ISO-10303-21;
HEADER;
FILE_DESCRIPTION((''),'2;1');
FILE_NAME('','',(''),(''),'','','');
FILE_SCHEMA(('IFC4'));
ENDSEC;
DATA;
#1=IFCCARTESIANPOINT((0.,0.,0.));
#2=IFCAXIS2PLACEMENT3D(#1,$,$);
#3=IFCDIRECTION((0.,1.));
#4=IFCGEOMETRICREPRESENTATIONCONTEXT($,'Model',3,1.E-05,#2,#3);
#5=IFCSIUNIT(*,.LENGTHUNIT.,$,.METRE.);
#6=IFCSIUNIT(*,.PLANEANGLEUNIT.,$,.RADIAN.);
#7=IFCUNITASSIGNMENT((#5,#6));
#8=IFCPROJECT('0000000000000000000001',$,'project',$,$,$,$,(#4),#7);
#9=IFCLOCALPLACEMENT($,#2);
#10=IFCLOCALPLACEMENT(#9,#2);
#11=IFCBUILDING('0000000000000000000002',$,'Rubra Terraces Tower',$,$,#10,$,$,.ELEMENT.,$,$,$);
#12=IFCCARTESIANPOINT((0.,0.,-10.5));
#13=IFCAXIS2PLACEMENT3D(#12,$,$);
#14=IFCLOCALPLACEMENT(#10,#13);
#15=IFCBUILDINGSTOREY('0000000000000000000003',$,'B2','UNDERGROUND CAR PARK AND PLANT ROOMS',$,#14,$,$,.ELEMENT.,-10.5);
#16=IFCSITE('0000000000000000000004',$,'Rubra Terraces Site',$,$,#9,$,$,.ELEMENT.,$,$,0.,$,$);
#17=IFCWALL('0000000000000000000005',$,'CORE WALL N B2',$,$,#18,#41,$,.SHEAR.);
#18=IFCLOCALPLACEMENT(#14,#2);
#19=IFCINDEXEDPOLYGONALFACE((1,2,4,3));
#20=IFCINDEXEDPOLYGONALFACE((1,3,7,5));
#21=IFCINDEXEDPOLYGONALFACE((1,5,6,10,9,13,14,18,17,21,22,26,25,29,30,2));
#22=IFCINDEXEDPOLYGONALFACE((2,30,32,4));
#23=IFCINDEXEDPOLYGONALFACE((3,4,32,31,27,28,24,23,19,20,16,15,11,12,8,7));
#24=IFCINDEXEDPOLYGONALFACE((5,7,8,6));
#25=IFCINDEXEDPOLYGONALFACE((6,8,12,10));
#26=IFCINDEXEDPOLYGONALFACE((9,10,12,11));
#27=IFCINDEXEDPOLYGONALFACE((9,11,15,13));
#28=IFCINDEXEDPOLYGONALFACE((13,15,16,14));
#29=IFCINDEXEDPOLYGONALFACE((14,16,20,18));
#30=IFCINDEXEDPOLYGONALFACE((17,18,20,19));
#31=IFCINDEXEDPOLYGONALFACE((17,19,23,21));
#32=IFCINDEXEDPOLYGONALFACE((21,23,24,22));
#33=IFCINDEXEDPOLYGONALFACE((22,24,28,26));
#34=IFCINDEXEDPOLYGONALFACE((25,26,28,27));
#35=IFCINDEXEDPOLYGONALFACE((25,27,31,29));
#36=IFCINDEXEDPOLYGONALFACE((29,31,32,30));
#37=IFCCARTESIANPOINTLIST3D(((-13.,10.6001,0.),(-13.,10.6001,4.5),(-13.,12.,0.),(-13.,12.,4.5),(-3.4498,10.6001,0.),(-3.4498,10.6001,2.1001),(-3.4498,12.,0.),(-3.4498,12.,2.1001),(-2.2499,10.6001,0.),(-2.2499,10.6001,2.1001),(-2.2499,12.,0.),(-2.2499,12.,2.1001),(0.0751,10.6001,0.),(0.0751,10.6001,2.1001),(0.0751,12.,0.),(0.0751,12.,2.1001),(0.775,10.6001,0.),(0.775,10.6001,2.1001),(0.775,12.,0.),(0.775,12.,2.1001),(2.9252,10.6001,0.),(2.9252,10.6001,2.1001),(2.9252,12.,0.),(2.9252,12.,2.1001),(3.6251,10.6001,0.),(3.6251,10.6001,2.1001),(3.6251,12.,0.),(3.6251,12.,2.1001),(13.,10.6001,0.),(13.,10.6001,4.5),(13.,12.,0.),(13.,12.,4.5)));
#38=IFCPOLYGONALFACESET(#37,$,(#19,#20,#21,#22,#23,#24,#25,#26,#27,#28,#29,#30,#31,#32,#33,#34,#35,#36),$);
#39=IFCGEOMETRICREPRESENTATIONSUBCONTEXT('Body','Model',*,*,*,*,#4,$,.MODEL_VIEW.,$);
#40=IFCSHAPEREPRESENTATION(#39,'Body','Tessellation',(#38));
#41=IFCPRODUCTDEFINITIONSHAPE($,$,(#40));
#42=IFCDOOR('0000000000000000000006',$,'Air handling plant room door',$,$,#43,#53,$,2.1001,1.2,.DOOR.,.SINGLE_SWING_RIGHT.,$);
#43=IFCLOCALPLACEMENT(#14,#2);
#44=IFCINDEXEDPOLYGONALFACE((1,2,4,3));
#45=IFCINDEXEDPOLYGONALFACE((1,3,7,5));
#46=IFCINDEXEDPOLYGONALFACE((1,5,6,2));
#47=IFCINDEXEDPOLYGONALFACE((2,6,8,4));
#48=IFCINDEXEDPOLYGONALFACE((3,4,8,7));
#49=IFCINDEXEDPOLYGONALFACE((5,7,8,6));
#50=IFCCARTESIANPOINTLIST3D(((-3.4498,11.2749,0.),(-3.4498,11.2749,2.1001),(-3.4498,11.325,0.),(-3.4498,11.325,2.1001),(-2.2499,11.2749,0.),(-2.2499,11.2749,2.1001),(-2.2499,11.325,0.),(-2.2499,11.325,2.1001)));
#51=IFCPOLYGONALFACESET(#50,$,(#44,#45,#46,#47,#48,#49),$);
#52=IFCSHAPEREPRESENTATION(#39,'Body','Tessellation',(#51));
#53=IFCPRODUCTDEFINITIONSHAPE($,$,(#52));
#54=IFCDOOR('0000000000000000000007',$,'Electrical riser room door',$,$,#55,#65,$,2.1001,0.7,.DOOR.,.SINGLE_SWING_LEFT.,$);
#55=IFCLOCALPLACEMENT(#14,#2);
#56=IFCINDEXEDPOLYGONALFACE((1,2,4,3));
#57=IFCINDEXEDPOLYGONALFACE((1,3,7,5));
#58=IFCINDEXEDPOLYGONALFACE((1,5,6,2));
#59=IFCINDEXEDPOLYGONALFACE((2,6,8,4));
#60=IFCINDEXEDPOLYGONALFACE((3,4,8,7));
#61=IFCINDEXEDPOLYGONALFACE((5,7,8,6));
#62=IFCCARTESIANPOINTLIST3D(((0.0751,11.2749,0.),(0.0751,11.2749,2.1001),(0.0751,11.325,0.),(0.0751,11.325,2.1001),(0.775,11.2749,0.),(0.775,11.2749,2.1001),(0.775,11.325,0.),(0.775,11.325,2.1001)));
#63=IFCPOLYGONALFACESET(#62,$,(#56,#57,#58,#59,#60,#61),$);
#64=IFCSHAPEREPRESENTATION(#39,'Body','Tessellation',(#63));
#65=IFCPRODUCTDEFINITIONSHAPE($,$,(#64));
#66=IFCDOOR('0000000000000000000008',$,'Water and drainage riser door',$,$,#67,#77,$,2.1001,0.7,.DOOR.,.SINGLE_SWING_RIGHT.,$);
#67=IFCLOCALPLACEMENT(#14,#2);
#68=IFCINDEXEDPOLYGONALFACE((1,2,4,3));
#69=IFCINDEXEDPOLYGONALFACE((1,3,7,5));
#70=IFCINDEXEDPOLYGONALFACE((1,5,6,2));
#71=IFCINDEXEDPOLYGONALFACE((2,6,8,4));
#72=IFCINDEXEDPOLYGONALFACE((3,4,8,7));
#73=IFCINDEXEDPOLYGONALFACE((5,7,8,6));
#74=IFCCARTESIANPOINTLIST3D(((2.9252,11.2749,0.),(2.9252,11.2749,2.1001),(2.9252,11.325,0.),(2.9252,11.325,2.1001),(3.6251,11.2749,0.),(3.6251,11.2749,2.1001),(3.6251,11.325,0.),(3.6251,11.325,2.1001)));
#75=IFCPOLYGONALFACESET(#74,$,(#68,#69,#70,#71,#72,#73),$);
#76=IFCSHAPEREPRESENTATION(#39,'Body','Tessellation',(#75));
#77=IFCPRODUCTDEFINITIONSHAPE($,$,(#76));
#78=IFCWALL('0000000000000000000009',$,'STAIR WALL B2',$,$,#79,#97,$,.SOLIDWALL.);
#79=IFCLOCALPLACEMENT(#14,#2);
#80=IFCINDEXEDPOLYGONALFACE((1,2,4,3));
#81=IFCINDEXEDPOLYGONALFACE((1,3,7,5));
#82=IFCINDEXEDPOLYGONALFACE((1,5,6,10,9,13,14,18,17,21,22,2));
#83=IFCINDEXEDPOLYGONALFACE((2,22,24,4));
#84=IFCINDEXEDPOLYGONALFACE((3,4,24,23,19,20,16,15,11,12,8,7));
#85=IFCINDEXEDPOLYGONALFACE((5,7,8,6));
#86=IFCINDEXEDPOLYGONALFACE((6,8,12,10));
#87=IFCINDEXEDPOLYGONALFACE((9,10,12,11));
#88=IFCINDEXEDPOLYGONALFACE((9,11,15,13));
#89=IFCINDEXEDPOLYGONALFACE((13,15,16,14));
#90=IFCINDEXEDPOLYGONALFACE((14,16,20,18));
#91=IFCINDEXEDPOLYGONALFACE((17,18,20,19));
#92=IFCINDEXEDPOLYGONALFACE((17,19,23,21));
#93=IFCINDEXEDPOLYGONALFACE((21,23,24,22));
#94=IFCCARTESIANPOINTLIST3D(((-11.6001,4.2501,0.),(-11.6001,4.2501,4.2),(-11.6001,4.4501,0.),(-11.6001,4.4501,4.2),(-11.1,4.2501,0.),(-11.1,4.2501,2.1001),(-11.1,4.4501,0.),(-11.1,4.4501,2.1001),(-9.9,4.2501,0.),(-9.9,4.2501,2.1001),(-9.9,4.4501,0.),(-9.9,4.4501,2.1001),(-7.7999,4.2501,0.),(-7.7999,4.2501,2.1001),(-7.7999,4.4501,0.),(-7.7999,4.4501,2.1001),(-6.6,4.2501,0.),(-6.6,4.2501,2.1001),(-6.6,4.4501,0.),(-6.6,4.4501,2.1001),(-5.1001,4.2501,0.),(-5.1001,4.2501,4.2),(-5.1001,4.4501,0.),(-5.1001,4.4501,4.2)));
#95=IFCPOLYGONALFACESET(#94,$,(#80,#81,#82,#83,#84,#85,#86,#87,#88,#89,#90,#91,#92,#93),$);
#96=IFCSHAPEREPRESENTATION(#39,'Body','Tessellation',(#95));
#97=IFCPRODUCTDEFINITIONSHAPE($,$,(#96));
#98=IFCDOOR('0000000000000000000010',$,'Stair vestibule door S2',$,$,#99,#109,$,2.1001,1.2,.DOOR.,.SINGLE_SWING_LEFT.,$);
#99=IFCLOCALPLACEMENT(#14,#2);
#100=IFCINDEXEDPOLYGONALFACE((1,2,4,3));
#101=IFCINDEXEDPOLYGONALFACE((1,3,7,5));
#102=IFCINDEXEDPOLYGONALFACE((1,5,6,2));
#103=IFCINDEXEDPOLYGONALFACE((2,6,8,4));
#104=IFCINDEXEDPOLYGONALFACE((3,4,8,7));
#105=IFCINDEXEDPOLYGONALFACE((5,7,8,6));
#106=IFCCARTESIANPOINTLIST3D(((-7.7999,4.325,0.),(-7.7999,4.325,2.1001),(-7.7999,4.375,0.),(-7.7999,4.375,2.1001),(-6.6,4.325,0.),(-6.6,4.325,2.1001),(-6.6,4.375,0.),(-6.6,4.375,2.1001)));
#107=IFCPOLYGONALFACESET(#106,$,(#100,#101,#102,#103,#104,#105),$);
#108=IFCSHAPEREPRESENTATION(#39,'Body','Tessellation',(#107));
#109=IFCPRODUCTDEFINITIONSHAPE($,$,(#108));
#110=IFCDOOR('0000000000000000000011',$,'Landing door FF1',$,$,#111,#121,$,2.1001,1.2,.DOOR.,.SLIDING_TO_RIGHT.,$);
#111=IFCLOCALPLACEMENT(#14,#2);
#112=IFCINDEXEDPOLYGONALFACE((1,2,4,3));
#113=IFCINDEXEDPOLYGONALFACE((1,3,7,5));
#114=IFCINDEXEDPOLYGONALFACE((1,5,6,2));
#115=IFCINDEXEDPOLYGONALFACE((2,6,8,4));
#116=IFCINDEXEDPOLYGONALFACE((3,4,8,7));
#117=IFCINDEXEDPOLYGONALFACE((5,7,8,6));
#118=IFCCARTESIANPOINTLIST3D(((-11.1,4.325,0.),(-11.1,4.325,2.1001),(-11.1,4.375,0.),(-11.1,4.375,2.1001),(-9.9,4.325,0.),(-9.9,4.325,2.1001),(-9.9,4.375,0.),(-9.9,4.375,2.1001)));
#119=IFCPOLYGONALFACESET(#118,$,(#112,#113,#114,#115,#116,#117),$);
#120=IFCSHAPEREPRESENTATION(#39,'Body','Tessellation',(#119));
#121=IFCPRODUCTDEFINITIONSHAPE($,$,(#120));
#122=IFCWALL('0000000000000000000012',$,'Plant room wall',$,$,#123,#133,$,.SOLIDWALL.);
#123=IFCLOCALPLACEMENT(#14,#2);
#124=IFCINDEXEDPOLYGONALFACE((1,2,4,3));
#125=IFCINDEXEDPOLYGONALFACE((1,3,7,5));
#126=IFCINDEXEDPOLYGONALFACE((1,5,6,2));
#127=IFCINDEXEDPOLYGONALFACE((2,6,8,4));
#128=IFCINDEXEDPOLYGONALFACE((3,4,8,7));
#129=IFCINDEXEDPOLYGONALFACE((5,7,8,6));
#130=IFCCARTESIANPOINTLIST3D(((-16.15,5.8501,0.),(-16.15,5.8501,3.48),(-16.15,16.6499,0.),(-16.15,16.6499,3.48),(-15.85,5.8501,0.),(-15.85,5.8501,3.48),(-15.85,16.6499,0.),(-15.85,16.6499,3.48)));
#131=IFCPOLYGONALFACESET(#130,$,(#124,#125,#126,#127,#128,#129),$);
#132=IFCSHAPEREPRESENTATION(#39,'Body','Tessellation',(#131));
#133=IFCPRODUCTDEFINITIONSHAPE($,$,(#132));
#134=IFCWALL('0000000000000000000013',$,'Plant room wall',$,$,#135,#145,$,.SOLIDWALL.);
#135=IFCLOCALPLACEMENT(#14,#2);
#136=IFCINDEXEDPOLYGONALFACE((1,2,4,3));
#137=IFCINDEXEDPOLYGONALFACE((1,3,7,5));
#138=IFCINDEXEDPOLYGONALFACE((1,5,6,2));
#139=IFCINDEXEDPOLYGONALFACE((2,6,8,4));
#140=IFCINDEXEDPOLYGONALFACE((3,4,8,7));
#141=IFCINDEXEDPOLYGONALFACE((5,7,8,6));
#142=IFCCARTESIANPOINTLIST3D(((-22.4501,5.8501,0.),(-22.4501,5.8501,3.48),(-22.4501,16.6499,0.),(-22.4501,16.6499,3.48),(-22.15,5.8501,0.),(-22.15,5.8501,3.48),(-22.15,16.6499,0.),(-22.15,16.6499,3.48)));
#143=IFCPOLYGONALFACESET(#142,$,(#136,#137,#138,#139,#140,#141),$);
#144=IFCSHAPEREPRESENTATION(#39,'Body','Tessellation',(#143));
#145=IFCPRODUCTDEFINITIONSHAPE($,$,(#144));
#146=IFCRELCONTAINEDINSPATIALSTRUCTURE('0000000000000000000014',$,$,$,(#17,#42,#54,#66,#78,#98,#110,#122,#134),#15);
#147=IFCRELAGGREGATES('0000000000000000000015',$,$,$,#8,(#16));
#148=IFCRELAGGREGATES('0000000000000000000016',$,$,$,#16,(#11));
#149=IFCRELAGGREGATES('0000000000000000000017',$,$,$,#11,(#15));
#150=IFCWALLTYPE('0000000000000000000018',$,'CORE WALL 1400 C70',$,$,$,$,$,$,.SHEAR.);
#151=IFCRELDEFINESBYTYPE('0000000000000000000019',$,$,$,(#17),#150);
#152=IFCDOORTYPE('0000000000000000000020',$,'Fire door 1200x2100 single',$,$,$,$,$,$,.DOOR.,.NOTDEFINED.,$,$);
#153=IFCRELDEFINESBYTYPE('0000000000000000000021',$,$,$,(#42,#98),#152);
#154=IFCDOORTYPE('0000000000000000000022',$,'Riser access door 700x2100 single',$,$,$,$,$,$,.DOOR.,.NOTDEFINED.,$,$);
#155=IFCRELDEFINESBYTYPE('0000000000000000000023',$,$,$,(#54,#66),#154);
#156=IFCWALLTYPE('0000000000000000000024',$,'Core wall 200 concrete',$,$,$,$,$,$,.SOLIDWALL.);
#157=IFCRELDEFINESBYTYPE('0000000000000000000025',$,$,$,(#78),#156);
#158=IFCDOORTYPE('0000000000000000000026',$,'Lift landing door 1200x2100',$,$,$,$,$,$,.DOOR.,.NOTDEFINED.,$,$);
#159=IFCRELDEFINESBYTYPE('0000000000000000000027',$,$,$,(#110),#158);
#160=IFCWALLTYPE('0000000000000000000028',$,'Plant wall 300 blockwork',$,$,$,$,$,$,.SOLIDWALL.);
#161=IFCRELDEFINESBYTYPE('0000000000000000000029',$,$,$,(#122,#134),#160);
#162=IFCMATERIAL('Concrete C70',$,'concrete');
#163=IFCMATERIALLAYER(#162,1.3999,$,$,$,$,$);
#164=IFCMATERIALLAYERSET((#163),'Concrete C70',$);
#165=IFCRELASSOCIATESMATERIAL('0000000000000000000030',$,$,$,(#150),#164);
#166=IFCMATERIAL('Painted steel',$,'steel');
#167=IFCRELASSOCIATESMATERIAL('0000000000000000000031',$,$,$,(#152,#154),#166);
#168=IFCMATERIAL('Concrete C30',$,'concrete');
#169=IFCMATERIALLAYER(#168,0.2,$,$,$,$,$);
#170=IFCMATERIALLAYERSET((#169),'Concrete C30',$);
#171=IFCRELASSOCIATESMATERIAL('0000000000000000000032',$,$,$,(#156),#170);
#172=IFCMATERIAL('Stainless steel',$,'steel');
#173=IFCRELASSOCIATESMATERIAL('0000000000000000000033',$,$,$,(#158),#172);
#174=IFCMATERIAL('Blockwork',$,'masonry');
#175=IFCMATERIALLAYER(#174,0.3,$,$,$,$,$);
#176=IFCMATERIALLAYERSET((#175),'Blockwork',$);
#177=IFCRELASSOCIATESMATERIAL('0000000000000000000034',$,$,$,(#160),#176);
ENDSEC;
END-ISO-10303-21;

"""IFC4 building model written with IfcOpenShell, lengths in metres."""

from ifc_helpers import new_model, si_unit, direction, frame, frame_2d, origin, place, context, subcontext, project, spatial, rectangle, extrude, material, layer, layer_set, type_object, element, fill, save


model = new_model("IFC4")

# Units and contexts
model_context = context("Model", 3, precision=1e-05, world=origin(), true_north=direction((0.0, 1.0)))
body_context = subcontext(model_context, "Body", "Model", "MODEL_VIEW")
ifc_project = project(units=[si_unit("LENGTHUNIT", "METRE"), si_unit("PLANEANGLEUNIT", "RADIAN")], contexts=[model_context])

# Site, building, storey
site_placement = place(None, origin())
site = spatial("IfcSite", under=ifc_project, at=site_placement, Name="Rubra Terraces Site", CompositionType="ELEMENT", RefElevation=0.0)
building_placement = place(site_placement, origin())
building = spatial("IfcBuilding", under=site, at=building_placement, Name="Rubra Terraces Tower", CompositionType="ELEMENT")
storey_placement = place(building_placement, frame((0.0, 0.0, -10.5)))
storey = spatial("IfcBuildingStorey", under=building, at=storey_placement, Name="B2", Description="UNDERGROUND CAR PARK AND PLANT ROOMS", CompositionType="ELEMENT", Elevation=-10.5)

# Walls, openings, doors
ifc_material_1 = material(Name="Concrete C70", Category="concrete")
ifc_layer_1 = layer(ifc_material_1, 1.3999)
ifc_layer_set_1 = layer_set([ifc_layer_1], Name="Concrete C70")
wall_type_1 = type_object("IfcWallType", Name="CORE WALL 1400 C70", PredefinedType="SHEAR", material=ifc_layer_set_1)
wall_1_placement = place(storey_placement, frame((-13.0, 11.3, 0.0), z_axis=(0.0, 0.0, 1.0), x_axis=(1.0, 0.0, 0.0)))
wall_1 = element("IfcWall", 1, at=wall_1_placement, inside=storey, type_object=wall_type_1, Name="CORE WALL N B2", PredefinedType="SHEAR", context=body_context, shape_type="SweptSolid", body=[
    extrude(rectangle(XDim=26.0, YDim=1.3999, at=frame_2d((13.0, 0.0))), origin(), (0.0, 0.0, 1.0), 4.5),
])
opening_1_placement = place(wall_1_placement, frame((9.55, 0.0, 0.0)))
opening_1 = element("IfcOpeningElement", 2, at=opening_1_placement, cuts=wall_1, PredefinedType="OPENING", context=body_context, shape_type="SweptSolid", body=[
    extrude(rectangle(XDim=1.2, YDim=2.1001, at=frame_2d((0.6001, 1.05))), frame((0.0, 0.71, 0.0), z_axis=(0.0, -1.0, 0.0), x_axis=(1.0, 0.0, 0.0)), (0.0, 0.0, 1.0), 1.4199),
])
opening_2_placement = place(wall_1_placement, frame((13.075, 0.0, 0.0)))
opening_2 = element("IfcOpeningElement", 3, at=opening_2_placement, cuts=wall_1, PredefinedType="OPENING", context=body_context, shape_type="SweptSolid", body=[
    extrude(rectangle(XDim=0.7, YDim=2.1001, at=frame_2d((0.3501, 1.05))), frame((0.0, 0.71, 0.0), z_axis=(0.0, -1.0, 0.0), x_axis=(1.0, 0.0, 0.0)), (0.0, 0.0, 1.0), 1.4199),
])
opening_3_placement = place(wall_1_placement, frame((15.925, 0.0, 0.0)))
opening_3 = element("IfcOpeningElement", 4, at=opening_3_placement, cuts=wall_1, PredefinedType="OPENING", context=body_context, shape_type="SweptSolid", body=[
    extrude(rectangle(XDim=0.7, YDim=2.1001, at=frame_2d((0.3501, 1.05))), frame((0.0, 0.71, 0.0), z_axis=(0.0, -1.0, 0.0), x_axis=(1.0, 0.0, 0.0)), (0.0, 0.0, 1.0), 1.4199),
])
ifc_material_2 = material(Name="Painted steel", Category="steel")
door_type_1 = type_object("IfcDoorType", Name="Fire door 1200x2100 single", OperationType="NOTDEFINED", PredefinedType="DOOR", material=ifc_material_2)
door_1_placement = place(opening_1_placement, origin())
door_1 = element("IfcDoor", 5, at=door_1_placement, inside=storey, type_object=door_type_1, Name="Air handling plant room door", OperationType="SINGLE_SWING_RIGHT", OverallHeight=2.1001, OverallWidth=1.2, PredefinedType="DOOR", context=body_context, shape_type="SweptSolid", body=[
    extrude(rectangle(XDim=1.2, YDim=2.1001, at=frame_2d((0.6001, 1.05))), frame((0.0, 0.0249, 0.0), z_axis=(0.0, -1.0, 0.0), x_axis=(1.0, 0.0, 0.0)), (0.0, 0.0, 1.0), 0.05),
])
fill(opening_1, door_1)
door_type_2 = type_object("IfcDoorType", Name="Riser access door 700x2100 single", OperationType="NOTDEFINED", PredefinedType="DOOR", material=ifc_material_2)
door_2_placement = place(opening_2_placement, origin())
door_2 = element("IfcDoor", 6, at=door_2_placement, inside=storey, type_object=door_type_2, Name="Electrical riser room door", OperationType="SINGLE_SWING_LEFT", OverallHeight=2.1001, OverallWidth=0.7, PredefinedType="DOOR", context=body_context, shape_type="SweptSolid", body=[
    extrude(rectangle(XDim=0.7, YDim=2.1001, at=frame_2d((0.3501, 1.05))), frame((0.0, 0.0249, 0.0), z_axis=(0.0, -1.0, 0.0), x_axis=(1.0, 0.0, 0.0)), (0.0, 0.0, 1.0), 0.05),
])
fill(opening_2, door_2)
door_3_placement = place(opening_3_placement, origin())
door_3 = element("IfcDoor", 7, at=door_3_placement, inside=storey, type_object=door_type_2, Name="Water and drainage riser door", OperationType="SINGLE_SWING_RIGHT", OverallHeight=2.1001, OverallWidth=0.7, PredefinedType="DOOR", context=body_context, shape_type="SweptSolid", body=[
    extrude(rectangle(XDim=0.7, YDim=2.1001, at=frame_2d((0.3501, 1.05))), frame((0.0, 0.0249, 0.0), z_axis=(0.0, -1.0, 0.0), x_axis=(1.0, 0.0, 0.0)), (0.0, 0.0, 1.0), 0.05),
])
fill(opening_3, door_3)
ifc_material_3 = material(Name="Concrete C30", Category="concrete")
ifc_layer_2 = layer(ifc_material_3, 0.2)
ifc_layer_set_2 = layer_set([ifc_layer_2], Name="Concrete C30")
wall_type_2 = type_object("IfcWallType", Name="Core wall 200 concrete", PredefinedType="SOLIDWALL", material=ifc_layer_set_2)
wall_2_placement = place(storey_placement, frame((-11.6001, 4.3501, 0.0), z_axis=(0.0, 0.0, 1.0), x_axis=(1.0, 0.0, 0.0)))
wall_2 = element("IfcWall", 8, at=wall_2_placement, inside=storey, type_object=wall_type_2, Name="STAIR WALL B2", PredefinedType="SOLIDWALL", context=body_context, shape_type="SweptSolid", body=[
    extrude(rectangle(XDim=6.5, YDim=0.2, at=frame_2d((3.25, 0.0))), origin(), (0.0, 0.0, 1.0), 4.2),
])
opening_4_placement = place(wall_2_placement, frame((3.8, 0.0, 0.0)))
opening_4 = element("IfcOpeningElement", 9, at=opening_4_placement, cuts=wall_2, PredefinedType="OPENING", context=body_context, shape_type="SweptSolid", body=[
    extrude(rectangle(XDim=1.2, YDim=2.1001, at=frame_2d((0.6001, 1.05))), frame((0.0, 0.1099, 0.0), z_axis=(0.0, -1.0, 0.0), x_axis=(1.0, 0.0, 0.0)), (0.0, 0.0, 1.0), 0.22),
])
opening_5_placement = place(wall_2_placement, frame((0.5, 0.0, 0.0)))
opening_5 = element("IfcOpeningElement", 10, at=opening_5_placement, cuts=wall_2, PredefinedType="OPENING", context=body_context, shape_type="SweptSolid", body=[
    extrude(rectangle(XDim=1.2, YDim=2.1001, at=frame_2d((0.6001, 1.05))), frame((0.0, 0.1099, 0.0), z_axis=(0.0, -1.0, 0.0), x_axis=(1.0, 0.0, 0.0)), (0.0, 0.0, 1.0), 0.22),
])
door_4_placement = place(opening_4_placement, origin())
door_4 = element("IfcDoor", 11, at=door_4_placement, inside=storey, type_object=door_type_1, Name="Stair vestibule door S2", OperationType="SINGLE_SWING_LEFT", OverallHeight=2.1001, OverallWidth=1.2, PredefinedType="DOOR", context=body_context, shape_type="SweptSolid", body=[
    extrude(rectangle(XDim=1.2, YDim=2.1001, at=frame_2d((0.6001, 1.05))), frame((0.0, 0.0249, 0.0), z_axis=(0.0, -1.0, 0.0), x_axis=(1.0, 0.0, 0.0)), (0.0, 0.0, 1.0), 0.05),
])
fill(opening_4, door_4)
ifc_material_4 = material(Name="Stainless steel", Category="steel")
door_type_3 = type_object("IfcDoorType", Name="Lift landing door 1200x2100", OperationType="NOTDEFINED", PredefinedType="DOOR", material=ifc_material_4)
door_5_placement = place(opening_5_placement, origin())
door_5 = element("IfcDoor", 12, at=door_5_placement, inside=storey, type_object=door_type_3, Name="Landing door FF1", OperationType="SLIDING_TO_RIGHT", OverallHeight=2.1001, OverallWidth=1.2, PredefinedType="DOOR", context=body_context, shape_type="SweptSolid", body=[
    extrude(rectangle(XDim=1.2, YDim=2.1001, at=frame_2d((0.6001, 1.05))), frame((0.0, 0.0249, 0.0), z_axis=(0.0, -1.0, 0.0), x_axis=(1.0, 0.0, 0.0)), (0.0, 0.0, 1.0), 0.05),
])
fill(opening_5, door_5)

# Walls
ifc_material_5 = material(Name="Blockwork", Category="masonry")
ifc_layer_3 = layer(ifc_material_5, 0.3)
ifc_layer_set_3 = layer_set([ifc_layer_3], Name="Blockwork")
wall_type_3 = type_object("IfcWallType", Name="Plant wall 300 blockwork", PredefinedType="SOLIDWALL", material=ifc_layer_set_3)
for number, where, z_axis, x_axis, name in (
    (13, (-16.0, 5.8501, 0.0), (0.0, 0.0, 1.0), (0.0, 1.0, 0.0), "Plant room wall"),
    (14, (-22.3, 16.6499, 0.0), (0.0, 0.0, 1.0), (0.0, -1.0, 0.0), "Plant room wall"),
):
    element("IfcWall", number, at=place(storey_placement, frame(where, z_axis=z_axis, x_axis=x_axis)), inside=storey, type_object=wall_type_3, Name=name, PredefinedType="SOLIDWALL", context=body_context, shape_type="SweptSolid", body=[
        extrude(rectangle(XDim=10.7998, YDim=0.3, at=frame_2d((5.3999, 0.0))), origin(), (0.0, 0.0, 1.0), 3.48),
    ])

save(model, "model.ifc")
